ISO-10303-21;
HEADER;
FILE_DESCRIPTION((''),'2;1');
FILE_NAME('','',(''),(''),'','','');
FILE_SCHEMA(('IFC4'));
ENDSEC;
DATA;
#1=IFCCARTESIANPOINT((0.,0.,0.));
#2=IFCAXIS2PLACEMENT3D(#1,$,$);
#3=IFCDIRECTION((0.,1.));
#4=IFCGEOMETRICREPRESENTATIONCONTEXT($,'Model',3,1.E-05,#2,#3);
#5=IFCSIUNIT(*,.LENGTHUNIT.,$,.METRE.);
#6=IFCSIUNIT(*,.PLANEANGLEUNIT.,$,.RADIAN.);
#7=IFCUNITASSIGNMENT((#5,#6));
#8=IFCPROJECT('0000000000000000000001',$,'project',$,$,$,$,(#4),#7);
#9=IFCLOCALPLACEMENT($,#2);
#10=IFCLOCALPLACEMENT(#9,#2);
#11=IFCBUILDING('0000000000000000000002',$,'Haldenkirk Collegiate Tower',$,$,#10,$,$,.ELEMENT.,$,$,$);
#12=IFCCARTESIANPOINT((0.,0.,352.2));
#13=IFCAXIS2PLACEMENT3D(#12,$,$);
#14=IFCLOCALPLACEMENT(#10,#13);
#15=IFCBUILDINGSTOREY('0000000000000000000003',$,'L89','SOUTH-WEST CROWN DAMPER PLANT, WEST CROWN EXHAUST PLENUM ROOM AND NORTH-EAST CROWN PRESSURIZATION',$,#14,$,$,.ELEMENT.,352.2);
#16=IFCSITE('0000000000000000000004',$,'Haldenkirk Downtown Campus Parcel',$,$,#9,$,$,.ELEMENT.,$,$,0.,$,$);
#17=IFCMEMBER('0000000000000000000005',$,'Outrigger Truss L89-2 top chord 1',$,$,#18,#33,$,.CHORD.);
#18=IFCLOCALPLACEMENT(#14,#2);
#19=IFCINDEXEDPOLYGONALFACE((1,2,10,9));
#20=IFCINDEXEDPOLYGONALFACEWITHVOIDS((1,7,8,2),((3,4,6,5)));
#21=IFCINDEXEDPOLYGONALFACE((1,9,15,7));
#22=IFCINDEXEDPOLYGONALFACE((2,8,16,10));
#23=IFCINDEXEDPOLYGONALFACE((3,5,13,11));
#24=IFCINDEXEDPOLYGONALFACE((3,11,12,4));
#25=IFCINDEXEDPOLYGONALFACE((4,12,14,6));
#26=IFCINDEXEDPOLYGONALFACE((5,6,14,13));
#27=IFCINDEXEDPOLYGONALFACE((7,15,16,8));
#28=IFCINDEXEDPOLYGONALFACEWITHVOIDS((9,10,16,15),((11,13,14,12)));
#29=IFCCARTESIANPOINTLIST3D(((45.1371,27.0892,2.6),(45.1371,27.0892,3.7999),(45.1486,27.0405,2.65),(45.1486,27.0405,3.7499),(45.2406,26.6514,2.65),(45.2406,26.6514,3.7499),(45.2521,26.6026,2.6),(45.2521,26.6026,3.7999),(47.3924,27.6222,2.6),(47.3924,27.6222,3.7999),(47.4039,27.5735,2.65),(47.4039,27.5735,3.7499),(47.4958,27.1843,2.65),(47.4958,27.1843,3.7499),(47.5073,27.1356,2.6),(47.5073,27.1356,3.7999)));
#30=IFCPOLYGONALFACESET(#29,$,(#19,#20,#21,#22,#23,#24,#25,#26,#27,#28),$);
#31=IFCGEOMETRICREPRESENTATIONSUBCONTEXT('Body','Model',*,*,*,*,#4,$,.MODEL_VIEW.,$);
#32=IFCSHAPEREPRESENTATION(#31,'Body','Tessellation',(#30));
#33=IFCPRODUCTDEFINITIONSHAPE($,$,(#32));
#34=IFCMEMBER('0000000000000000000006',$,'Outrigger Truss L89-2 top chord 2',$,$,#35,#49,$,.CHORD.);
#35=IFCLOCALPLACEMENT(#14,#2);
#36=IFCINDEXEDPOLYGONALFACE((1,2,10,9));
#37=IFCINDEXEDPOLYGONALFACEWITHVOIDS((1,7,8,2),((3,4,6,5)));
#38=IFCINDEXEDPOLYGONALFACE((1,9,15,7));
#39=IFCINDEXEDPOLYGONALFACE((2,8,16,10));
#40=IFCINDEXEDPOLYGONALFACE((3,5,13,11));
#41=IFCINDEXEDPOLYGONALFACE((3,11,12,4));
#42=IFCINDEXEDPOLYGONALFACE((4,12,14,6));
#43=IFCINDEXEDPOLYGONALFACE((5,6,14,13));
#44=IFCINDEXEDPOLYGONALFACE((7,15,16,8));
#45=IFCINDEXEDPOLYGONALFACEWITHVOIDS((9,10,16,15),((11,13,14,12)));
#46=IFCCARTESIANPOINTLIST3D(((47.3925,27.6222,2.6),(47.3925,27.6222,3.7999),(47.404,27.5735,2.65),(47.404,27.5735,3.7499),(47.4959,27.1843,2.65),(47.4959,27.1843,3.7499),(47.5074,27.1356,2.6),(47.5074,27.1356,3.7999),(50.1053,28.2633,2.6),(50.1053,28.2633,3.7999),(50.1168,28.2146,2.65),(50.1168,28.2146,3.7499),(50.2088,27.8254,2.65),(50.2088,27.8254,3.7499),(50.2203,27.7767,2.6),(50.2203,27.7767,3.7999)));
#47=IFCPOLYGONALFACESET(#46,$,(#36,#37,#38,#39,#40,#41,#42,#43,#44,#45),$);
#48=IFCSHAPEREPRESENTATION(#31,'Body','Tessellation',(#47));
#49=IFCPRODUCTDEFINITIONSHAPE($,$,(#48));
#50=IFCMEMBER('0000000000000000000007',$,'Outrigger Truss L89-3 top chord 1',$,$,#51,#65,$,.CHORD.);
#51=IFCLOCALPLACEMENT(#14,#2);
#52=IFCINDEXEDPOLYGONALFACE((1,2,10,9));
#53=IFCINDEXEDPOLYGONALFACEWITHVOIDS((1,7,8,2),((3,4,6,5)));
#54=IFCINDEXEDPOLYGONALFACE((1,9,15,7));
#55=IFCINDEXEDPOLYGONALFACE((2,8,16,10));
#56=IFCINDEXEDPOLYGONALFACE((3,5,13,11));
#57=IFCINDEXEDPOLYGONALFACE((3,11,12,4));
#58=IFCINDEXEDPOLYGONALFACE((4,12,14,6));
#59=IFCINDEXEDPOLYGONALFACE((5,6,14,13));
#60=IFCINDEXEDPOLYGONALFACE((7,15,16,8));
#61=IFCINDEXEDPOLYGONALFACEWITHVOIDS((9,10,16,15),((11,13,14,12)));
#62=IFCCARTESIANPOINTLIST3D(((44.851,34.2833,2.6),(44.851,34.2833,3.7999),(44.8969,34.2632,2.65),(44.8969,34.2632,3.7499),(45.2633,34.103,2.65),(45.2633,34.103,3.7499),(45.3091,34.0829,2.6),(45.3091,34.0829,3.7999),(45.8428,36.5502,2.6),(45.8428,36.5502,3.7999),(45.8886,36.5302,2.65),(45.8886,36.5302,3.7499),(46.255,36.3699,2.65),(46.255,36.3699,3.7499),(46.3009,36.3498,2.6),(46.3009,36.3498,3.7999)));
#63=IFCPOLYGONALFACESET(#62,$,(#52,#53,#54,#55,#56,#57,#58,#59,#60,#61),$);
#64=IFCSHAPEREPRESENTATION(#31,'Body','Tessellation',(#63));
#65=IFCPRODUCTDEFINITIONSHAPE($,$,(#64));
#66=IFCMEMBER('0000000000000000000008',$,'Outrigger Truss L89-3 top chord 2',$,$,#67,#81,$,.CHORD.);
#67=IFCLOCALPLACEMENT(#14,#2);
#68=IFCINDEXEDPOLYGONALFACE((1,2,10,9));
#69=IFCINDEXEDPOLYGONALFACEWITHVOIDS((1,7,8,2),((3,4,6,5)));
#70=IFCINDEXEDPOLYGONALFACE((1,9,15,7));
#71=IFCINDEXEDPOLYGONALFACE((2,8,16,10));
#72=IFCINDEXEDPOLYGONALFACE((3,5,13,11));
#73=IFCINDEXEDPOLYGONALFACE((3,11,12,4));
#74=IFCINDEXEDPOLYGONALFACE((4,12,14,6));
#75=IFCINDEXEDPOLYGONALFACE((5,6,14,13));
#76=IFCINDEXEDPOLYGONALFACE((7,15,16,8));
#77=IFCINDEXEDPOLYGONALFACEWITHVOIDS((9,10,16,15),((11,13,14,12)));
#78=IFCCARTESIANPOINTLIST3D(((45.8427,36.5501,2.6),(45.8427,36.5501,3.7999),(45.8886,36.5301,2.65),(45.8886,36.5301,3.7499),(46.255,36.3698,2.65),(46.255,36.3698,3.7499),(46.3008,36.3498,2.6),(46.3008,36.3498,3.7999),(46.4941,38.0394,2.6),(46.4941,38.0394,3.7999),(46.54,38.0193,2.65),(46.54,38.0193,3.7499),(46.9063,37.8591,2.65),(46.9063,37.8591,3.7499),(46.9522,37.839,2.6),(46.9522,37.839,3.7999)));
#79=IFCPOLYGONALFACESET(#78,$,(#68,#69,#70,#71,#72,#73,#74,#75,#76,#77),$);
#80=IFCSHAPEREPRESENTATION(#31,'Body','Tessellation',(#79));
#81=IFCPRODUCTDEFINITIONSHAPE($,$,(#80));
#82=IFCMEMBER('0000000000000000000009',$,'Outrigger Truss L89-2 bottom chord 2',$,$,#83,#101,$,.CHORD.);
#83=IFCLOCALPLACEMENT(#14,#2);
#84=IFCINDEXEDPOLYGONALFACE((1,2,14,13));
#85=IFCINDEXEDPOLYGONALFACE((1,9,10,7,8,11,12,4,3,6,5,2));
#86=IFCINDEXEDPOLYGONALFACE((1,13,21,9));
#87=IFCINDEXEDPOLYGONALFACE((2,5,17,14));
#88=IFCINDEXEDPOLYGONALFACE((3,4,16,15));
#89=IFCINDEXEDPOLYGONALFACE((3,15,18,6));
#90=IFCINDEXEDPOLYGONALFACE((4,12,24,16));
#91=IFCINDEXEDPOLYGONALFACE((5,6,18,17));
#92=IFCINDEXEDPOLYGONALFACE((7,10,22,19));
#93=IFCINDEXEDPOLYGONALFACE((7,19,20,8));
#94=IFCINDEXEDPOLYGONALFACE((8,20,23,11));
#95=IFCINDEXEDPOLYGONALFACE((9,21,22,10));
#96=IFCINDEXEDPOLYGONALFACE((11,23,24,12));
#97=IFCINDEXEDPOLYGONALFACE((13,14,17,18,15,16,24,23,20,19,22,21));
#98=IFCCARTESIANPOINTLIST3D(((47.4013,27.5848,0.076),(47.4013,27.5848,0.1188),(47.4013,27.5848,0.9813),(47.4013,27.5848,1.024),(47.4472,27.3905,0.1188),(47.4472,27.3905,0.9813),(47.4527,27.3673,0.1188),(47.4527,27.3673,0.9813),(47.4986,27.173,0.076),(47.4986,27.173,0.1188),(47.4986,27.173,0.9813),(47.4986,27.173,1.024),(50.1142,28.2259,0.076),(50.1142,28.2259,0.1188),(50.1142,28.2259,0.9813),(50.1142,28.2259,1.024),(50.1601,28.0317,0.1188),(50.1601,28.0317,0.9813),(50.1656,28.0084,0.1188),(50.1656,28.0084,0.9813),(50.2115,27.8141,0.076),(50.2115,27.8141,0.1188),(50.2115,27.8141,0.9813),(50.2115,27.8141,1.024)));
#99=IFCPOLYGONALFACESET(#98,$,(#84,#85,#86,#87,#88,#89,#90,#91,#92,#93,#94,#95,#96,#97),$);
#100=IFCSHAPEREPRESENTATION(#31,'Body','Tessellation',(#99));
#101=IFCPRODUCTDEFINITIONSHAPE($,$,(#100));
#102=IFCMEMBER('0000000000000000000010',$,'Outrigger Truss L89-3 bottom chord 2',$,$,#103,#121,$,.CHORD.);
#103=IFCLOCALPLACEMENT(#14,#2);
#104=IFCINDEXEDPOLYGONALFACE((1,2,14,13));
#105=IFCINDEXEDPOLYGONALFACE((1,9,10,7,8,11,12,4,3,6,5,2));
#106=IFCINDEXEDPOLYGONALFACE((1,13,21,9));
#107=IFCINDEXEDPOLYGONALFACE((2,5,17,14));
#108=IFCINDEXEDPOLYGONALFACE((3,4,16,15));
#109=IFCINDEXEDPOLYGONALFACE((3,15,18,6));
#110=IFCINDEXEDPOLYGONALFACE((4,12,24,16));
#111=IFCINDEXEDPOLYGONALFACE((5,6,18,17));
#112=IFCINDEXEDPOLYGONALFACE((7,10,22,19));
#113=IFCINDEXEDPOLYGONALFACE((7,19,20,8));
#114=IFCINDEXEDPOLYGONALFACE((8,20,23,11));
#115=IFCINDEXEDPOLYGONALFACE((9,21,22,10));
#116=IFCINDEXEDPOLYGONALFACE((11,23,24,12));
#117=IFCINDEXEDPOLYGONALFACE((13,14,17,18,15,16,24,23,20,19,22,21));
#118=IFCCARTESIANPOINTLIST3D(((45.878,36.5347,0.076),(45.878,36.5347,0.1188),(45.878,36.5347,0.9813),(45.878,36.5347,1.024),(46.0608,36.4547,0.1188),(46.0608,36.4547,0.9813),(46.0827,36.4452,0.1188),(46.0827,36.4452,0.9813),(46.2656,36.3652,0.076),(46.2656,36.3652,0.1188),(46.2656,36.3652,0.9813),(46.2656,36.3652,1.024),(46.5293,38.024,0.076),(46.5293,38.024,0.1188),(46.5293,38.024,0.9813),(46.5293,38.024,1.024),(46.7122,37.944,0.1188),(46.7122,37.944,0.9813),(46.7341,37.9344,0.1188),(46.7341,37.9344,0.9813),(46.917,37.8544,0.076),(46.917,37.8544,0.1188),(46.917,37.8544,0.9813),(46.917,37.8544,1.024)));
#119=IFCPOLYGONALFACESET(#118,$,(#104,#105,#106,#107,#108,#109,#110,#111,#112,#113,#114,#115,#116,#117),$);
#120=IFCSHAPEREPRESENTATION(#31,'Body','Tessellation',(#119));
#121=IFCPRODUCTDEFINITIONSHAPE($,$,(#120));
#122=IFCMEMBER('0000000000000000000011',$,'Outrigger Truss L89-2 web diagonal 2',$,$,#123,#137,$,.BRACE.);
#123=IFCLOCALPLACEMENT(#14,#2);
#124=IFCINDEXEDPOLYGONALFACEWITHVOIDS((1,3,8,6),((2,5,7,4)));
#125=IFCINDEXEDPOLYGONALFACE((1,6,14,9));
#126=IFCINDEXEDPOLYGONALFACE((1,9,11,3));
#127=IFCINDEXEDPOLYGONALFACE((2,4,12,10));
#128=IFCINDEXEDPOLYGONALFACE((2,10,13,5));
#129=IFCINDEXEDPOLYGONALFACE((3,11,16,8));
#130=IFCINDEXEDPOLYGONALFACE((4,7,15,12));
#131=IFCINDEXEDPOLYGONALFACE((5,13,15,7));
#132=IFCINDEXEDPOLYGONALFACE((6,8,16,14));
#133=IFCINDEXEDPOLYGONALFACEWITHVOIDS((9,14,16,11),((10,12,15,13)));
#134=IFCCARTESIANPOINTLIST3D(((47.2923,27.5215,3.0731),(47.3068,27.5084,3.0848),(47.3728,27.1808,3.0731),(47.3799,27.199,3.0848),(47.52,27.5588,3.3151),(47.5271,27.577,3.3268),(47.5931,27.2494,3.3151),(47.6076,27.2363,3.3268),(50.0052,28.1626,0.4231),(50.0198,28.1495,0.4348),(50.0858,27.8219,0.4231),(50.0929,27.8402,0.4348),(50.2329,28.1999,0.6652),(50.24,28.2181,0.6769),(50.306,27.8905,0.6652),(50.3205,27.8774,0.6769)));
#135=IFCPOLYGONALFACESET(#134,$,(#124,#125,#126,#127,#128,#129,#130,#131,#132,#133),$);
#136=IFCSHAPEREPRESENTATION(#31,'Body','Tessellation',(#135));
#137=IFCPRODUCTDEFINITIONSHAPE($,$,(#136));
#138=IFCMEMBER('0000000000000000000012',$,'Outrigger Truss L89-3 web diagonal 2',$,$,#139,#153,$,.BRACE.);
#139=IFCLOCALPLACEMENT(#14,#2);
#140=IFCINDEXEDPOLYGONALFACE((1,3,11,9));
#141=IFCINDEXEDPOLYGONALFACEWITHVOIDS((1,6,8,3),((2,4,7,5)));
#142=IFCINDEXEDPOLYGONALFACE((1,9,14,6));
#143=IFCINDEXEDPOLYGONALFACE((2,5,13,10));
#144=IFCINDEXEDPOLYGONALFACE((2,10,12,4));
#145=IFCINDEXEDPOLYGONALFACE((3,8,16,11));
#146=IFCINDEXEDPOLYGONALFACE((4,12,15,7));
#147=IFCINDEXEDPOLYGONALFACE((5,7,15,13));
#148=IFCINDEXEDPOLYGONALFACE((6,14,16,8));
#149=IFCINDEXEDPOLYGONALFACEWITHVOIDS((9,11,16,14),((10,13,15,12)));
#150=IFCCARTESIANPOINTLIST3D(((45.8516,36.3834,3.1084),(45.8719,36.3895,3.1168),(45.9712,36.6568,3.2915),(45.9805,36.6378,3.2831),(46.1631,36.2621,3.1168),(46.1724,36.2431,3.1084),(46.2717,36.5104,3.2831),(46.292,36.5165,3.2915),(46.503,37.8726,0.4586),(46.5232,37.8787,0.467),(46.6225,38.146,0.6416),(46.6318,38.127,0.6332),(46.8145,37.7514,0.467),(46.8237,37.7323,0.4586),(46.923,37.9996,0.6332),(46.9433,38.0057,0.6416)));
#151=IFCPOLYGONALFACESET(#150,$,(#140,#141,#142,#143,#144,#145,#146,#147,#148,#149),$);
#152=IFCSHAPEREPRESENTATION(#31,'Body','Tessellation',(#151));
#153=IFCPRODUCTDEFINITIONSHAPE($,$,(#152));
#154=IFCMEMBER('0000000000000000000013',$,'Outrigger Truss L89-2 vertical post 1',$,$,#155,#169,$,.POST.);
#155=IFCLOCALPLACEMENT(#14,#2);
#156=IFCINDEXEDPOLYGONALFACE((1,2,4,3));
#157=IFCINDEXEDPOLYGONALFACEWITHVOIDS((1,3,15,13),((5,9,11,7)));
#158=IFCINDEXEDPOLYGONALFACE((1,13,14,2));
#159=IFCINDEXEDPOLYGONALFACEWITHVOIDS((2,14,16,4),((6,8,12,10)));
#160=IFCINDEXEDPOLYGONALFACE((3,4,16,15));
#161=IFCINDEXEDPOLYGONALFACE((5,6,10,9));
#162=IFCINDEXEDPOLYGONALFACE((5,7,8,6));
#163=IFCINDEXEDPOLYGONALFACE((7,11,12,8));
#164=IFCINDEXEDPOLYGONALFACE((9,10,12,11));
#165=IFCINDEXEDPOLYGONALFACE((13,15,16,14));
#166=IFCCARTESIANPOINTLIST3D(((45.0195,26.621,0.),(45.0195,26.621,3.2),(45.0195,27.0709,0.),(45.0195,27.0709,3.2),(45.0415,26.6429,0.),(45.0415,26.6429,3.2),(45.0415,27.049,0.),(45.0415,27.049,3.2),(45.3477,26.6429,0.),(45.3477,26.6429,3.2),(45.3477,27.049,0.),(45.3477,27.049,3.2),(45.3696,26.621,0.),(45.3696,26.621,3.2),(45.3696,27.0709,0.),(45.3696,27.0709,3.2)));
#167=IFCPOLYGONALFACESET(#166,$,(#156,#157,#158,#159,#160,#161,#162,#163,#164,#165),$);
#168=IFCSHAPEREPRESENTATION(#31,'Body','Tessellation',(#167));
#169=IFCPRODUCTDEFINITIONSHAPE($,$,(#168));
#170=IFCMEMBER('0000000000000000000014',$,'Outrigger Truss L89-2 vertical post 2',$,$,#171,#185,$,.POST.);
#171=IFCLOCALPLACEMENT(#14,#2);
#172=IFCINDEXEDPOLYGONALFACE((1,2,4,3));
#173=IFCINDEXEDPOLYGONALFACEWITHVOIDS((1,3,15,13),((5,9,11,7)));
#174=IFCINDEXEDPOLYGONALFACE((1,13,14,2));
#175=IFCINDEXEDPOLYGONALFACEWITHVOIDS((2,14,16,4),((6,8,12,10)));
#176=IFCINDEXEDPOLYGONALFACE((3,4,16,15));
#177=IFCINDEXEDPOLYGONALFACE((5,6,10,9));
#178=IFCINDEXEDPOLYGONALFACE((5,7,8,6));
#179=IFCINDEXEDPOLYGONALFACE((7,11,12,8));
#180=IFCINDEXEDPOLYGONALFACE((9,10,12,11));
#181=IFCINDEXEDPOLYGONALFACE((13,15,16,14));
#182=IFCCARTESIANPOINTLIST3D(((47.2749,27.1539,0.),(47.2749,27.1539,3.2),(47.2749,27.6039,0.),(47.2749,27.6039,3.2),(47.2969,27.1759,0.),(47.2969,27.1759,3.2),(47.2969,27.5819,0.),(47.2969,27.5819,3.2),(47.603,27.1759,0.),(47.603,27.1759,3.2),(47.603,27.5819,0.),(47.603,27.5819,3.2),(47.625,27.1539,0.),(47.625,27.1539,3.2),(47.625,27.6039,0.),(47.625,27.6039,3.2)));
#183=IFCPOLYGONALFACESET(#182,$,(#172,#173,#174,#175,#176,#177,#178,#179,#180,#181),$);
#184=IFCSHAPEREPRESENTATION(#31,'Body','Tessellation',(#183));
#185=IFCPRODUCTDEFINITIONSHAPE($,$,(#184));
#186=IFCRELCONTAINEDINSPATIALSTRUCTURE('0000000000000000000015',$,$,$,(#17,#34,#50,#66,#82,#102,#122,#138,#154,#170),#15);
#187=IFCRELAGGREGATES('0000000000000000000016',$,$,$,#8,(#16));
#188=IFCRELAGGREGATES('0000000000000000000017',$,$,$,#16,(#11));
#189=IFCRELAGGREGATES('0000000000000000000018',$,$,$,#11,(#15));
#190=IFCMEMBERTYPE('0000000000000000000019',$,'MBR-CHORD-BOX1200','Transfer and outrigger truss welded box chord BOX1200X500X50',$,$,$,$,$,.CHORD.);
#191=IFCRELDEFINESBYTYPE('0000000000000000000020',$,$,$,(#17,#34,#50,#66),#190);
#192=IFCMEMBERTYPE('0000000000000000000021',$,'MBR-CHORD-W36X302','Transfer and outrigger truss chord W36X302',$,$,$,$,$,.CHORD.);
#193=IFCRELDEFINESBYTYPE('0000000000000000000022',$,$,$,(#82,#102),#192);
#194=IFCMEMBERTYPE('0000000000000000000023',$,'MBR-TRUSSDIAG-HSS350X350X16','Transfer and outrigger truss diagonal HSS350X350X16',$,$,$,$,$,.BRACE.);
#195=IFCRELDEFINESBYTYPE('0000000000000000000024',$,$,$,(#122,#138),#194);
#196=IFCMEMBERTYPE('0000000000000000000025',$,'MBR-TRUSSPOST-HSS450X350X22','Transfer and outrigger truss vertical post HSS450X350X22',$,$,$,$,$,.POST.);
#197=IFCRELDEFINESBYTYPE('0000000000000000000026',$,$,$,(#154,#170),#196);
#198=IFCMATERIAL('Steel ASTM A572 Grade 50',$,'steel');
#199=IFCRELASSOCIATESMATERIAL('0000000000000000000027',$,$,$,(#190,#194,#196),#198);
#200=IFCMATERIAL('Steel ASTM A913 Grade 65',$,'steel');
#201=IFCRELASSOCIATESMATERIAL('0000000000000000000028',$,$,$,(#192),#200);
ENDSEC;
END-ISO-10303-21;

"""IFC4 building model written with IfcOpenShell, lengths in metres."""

from ifc_helpers import new_model, si_unit, direction, frame, origin, origin_2d, place, context, subcontext, project, spatial, hollow_rectangle, i_section, extrude, material, material_profile, profile_set, type_object, element, save


model = new_model("IFC4")

# Units and contexts
model_context = context("Model", 3, precision=1e-05, world=origin(), true_north=direction((0.0, 1.0)))
body_context = subcontext(model_context, "Body", "Model", "MODEL_VIEW")
ifc_project = project(units=[si_unit("LENGTHUNIT", "METRE"), si_unit("PLANEANGLEUNIT", "RADIAN")], contexts=[model_context])

# Site, building, storey
site_placement = place(None, origin())
site = spatial("IfcSite", under=ifc_project, at=site_placement, Name="Haldenkirk Downtown Campus Parcel", CompositionType="ELEMENT", RefElevation=0.0)
building_placement = place(site_placement, origin())
building = spatial("IfcBuilding", under=site, at=building_placement, Name="Haldenkirk Collegiate Tower", CompositionType="ELEMENT")
storey_placement = place(building_placement, frame((0.0, 0.0, 352.2)))
storey = spatial("IfcBuildingStorey", under=building, at=storey_placement, Name="L89", Description="SOUTH-WEST CROWN DAMPER PLANT, WEST CROWN EXHAUST PLENUM ROOM AND NORTH-EAST CROWN PRESSURIZATION", CompositionType="ELEMENT", Elevation=352.2)

# Members
ifc_material_1 = material(Name="Steel ASTM A572 Grade 50", Category="steel")
ifc_material_profile_1 = material_profile(ifc_material_1, hollow_rectangle(XDim=0.5, YDim=1.2, WallThickness=0.05, at=origin_2d()), Name="BOX1200X500X50")
ifc_profile_set_1 = profile_set([ifc_material_profile_1], Name="Steel ASTM A572 Grade 50")
member_type_1 = type_object("IfcMemberType", Name="MBR-CHORD-BOX1200", Description="Transfer and outrigger truss welded box chord BOX1200X500X50", PredefinedType="CHORD", material=ifc_profile_set_1)
member_1_placement = place(storey_placement, frame((45.1946, 26.8459, 3.2), z_axis=(0.973197, 0.229973, 0.0), x_axis=(-0.229973, 0.973197, 0.0)))
element("IfcMember", 1, at=member_1_placement, inside=storey, type_object=member_type_1, Name="Outrigger Truss L89-2 top chord 1", PredefinedType="CHORD", context=body_context, shape_type="SweptSolid", body=[
    extrude(hollow_rectangle(XDim=0.5, YDim=1.2, WallThickness=0.05, at=origin_2d()), origin(), (0.0, 0.0, 1.0), 2.3174),
])
member_2_placement = place(storey_placement, frame((47.45, 27.3789, 3.2), z_axis=(0.973194, 0.229986, 0.0), x_axis=(-0.229986, 0.973194, 0.0)))
element("IfcMember", 2, at=member_2_placement, inside=storey, type_object=member_type_1, Name="Outrigger Truss L89-2 top chord 2", PredefinedType="CHORD", context=body_context, shape_type="SweptSolid", body=[
    extrude(hollow_rectangle(XDim=0.5, YDim=1.2, WallThickness=0.05, at=origin_2d()), origin(), (0.0, 0.0, 1.0), 2.7876),
])
member_3_placement = place(storey_placement, frame((45.0801, 34.1831, 3.2), z_axis=(0.400803, 0.916164, 0.0), x_axis=(-0.916164, 0.400803, 0.0)))
element("IfcMember", 3, at=member_3_placement, inside=storey, type_object=member_type_1, Name="Outrigger Truss L89-3 top chord 1", PredefinedType="CHORD", context=body_context, shape_type="SweptSolid", body=[
    extrude(hollow_rectangle(XDim=0.5, YDim=1.2, WallThickness=0.05, at=origin_2d()), origin(), (0.0, 0.0, 1.0), 2.4744),
])
member_4_placement = place(storey_placement, frame((46.0718, 36.45, 3.2), z_axis=(0.400724, 0.916199, 0.0), x_axis=(-0.916199, 0.400724, 0.0)))
element("IfcMember", 4, at=member_4_placement, inside=storey, type_object=member_type_1, Name="Outrigger Truss L89-3 top chord 2", PredefinedType="CHORD", context=body_context, shape_type="SweptSolid", body=[
    extrude(hollow_rectangle(XDim=0.5, YDim=1.2, WallThickness=0.05, at=origin_2d()), origin(), (0.0, 0.0, 1.0), 1.6255),
])
ifc_material_2 = material(Name="Steel ASTM A913 Grade 65", Category="steel")
ifc_material_profile_2 = material_profile(ifc_material_2, i_section(OverallWidth=0.4231, OverallDepth=0.948, WebThickness=0.0239, FlangeThickness=0.0427, at=origin_2d()), Name="W36X302")
ifc_profile_set_2 = profile_set([ifc_material_profile_2], Name="Steel ASTM A913 Grade 65")
member_type_2 = type_object("IfcMemberType", Name="MBR-CHORD-W36X302", Description="Transfer and outrigger truss chord W36X302", PredefinedType="CHORD", material=ifc_profile_set_2)
member_5_placement = place(storey_placement, frame((47.45, 27.3789, 0.55), z_axis=(0.973194, 0.229986, 0.0), x_axis=(-0.229986, 0.973194, 0.0)))
element("IfcMember", 5, at=member_5_placement, inside=storey, type_object=member_type_2, Name="Outrigger Truss L89-2 bottom chord 2", PredefinedType="CHORD", context=body_context, shape_type="SweptSolid", body=[
    extrude(i_section(OverallWidth=0.4231, OverallDepth=0.948, WebThickness=0.0239, FlangeThickness=0.0427, at=origin_2d()), origin(), (0.0, 0.0, 1.0), 2.7876),
])
member_6_placement = place(storey_placement, frame((46.0718, 36.45, 0.55), z_axis=(0.400724, 0.916199, 0.0), x_axis=(-0.916199, 0.400724, 0.0)))
element("IfcMember", 6, at=member_6_placement, inside=storey, type_object=member_type_2, Name="Outrigger Truss L89-3 bottom chord 2", PredefinedType="CHORD", context=body_context, shape_type="SweptSolid", body=[
    extrude(i_section(OverallWidth=0.4231, OverallDepth=0.948, WebThickness=0.0239, FlangeThickness=0.0427, at=origin_2d()), origin(), (0.0, 0.0, 1.0), 1.6255),
])
ifc_material_profile_3 = material_profile(ifc_material_1, hollow_rectangle(XDim=0.3501, YDim=0.3501, WallThickness=0.0161, at=origin_2d()), Name="HSS350X350X16")
ifc_profile_set_3 = profile_set([ifc_material_profile_3], Name="Steel ASTM A572 Grade 50")
member_type_3 = type_object("IfcMemberType", Name="MBR-TRUSSDIAG-HSS350X350X16", Description="Transfer and outrigger truss diagonal HSS350X350X16", PredefinedType="BRACE", material=ifc_profile_set_3)
member_7_placement = place(storey_placement, frame((47.45, 27.3789, 3.2), z_axis=(0.705354, 0.16669, -0.688977), x_axis=(-0.229986, 0.973194, 0.0)))
element("IfcMember", 7, at=member_7_placement, inside=storey, type_object=member_type_3, Name="Outrigger Truss L89-2 web diagonal 2", PredefinedType="BRACE", context=body_context, shape_type="SweptSolid", body=[
    extrude(hollow_rectangle(XDim=0.3501, YDim=0.3501, WallThickness=0.0161, at=origin_2d()), origin(), (0.0, 0.0, 1.0), 3.8462),
])
member_8_placement = place(storey_placement, frame((46.0718, 36.45, 3.2), z_axis=(0.209529, 0.479058, -0.852409), x_axis=(-0.916199, 0.400724, 0.0)))
element("IfcMember", 8, at=member_8_placement, inside=storey, type_object=member_type_3, Name="Outrigger Truss L89-3 web diagonal 2", PredefinedType="BRACE", context=body_context, shape_type="SweptSolid", body=[
    extrude(hollow_rectangle(XDim=0.3501, YDim=0.3501, WallThickness=0.0161, at=origin_2d()), origin(), (0.0, 0.0, 1.0), 3.1086),
])
ifc_material_profile_4 = material_profile(ifc_material_1, hollow_rectangle(XDim=0.3501, YDim=0.45, WallThickness=0.022, at=origin_2d()), Name="HSS450X350X22")
ifc_profile_set_4 = profile_set([ifc_material_profile_4], Name="Steel ASTM A572 Grade 50")
member_type_4 = type_object("IfcMemberType", Name="MBR-TRUSSPOST-HSS450X350X22", Description="Transfer and outrigger truss vertical post HSS450X350X22", PredefinedType="POST", material=ifc_profile_set_4)
for number, where, z_axis, x_axis, name in (
    (9, (45.1946, 26.8459, 0.0), (0.0, 0.0, 1.0), (1.0, 0.0, 0.0), "Outrigger Truss L89-2 vertical post 1"),
    (10, (47.45, 27.3789, 0.0), (0.0, 0.0, 1.0), (1.0, 0.0, 0.0), "Outrigger Truss L89-2 vertical post 2"),
):
    element("IfcMember", number, at=place(storey_placement, frame(where, z_axis=z_axis, x_axis=x_axis)), inside=storey, type_object=member_type_4, Name=name, PredefinedType="POST", context=body_context, shape_type="SweptSolid", body=[
        extrude(hollow_rectangle(XDim=0.3501, YDim=0.45, WallThickness=0.022, at=origin_2d()), origin(), (0.0, 0.0, 1.0), 3.2),
    ])

save(model, "model.ifc")
